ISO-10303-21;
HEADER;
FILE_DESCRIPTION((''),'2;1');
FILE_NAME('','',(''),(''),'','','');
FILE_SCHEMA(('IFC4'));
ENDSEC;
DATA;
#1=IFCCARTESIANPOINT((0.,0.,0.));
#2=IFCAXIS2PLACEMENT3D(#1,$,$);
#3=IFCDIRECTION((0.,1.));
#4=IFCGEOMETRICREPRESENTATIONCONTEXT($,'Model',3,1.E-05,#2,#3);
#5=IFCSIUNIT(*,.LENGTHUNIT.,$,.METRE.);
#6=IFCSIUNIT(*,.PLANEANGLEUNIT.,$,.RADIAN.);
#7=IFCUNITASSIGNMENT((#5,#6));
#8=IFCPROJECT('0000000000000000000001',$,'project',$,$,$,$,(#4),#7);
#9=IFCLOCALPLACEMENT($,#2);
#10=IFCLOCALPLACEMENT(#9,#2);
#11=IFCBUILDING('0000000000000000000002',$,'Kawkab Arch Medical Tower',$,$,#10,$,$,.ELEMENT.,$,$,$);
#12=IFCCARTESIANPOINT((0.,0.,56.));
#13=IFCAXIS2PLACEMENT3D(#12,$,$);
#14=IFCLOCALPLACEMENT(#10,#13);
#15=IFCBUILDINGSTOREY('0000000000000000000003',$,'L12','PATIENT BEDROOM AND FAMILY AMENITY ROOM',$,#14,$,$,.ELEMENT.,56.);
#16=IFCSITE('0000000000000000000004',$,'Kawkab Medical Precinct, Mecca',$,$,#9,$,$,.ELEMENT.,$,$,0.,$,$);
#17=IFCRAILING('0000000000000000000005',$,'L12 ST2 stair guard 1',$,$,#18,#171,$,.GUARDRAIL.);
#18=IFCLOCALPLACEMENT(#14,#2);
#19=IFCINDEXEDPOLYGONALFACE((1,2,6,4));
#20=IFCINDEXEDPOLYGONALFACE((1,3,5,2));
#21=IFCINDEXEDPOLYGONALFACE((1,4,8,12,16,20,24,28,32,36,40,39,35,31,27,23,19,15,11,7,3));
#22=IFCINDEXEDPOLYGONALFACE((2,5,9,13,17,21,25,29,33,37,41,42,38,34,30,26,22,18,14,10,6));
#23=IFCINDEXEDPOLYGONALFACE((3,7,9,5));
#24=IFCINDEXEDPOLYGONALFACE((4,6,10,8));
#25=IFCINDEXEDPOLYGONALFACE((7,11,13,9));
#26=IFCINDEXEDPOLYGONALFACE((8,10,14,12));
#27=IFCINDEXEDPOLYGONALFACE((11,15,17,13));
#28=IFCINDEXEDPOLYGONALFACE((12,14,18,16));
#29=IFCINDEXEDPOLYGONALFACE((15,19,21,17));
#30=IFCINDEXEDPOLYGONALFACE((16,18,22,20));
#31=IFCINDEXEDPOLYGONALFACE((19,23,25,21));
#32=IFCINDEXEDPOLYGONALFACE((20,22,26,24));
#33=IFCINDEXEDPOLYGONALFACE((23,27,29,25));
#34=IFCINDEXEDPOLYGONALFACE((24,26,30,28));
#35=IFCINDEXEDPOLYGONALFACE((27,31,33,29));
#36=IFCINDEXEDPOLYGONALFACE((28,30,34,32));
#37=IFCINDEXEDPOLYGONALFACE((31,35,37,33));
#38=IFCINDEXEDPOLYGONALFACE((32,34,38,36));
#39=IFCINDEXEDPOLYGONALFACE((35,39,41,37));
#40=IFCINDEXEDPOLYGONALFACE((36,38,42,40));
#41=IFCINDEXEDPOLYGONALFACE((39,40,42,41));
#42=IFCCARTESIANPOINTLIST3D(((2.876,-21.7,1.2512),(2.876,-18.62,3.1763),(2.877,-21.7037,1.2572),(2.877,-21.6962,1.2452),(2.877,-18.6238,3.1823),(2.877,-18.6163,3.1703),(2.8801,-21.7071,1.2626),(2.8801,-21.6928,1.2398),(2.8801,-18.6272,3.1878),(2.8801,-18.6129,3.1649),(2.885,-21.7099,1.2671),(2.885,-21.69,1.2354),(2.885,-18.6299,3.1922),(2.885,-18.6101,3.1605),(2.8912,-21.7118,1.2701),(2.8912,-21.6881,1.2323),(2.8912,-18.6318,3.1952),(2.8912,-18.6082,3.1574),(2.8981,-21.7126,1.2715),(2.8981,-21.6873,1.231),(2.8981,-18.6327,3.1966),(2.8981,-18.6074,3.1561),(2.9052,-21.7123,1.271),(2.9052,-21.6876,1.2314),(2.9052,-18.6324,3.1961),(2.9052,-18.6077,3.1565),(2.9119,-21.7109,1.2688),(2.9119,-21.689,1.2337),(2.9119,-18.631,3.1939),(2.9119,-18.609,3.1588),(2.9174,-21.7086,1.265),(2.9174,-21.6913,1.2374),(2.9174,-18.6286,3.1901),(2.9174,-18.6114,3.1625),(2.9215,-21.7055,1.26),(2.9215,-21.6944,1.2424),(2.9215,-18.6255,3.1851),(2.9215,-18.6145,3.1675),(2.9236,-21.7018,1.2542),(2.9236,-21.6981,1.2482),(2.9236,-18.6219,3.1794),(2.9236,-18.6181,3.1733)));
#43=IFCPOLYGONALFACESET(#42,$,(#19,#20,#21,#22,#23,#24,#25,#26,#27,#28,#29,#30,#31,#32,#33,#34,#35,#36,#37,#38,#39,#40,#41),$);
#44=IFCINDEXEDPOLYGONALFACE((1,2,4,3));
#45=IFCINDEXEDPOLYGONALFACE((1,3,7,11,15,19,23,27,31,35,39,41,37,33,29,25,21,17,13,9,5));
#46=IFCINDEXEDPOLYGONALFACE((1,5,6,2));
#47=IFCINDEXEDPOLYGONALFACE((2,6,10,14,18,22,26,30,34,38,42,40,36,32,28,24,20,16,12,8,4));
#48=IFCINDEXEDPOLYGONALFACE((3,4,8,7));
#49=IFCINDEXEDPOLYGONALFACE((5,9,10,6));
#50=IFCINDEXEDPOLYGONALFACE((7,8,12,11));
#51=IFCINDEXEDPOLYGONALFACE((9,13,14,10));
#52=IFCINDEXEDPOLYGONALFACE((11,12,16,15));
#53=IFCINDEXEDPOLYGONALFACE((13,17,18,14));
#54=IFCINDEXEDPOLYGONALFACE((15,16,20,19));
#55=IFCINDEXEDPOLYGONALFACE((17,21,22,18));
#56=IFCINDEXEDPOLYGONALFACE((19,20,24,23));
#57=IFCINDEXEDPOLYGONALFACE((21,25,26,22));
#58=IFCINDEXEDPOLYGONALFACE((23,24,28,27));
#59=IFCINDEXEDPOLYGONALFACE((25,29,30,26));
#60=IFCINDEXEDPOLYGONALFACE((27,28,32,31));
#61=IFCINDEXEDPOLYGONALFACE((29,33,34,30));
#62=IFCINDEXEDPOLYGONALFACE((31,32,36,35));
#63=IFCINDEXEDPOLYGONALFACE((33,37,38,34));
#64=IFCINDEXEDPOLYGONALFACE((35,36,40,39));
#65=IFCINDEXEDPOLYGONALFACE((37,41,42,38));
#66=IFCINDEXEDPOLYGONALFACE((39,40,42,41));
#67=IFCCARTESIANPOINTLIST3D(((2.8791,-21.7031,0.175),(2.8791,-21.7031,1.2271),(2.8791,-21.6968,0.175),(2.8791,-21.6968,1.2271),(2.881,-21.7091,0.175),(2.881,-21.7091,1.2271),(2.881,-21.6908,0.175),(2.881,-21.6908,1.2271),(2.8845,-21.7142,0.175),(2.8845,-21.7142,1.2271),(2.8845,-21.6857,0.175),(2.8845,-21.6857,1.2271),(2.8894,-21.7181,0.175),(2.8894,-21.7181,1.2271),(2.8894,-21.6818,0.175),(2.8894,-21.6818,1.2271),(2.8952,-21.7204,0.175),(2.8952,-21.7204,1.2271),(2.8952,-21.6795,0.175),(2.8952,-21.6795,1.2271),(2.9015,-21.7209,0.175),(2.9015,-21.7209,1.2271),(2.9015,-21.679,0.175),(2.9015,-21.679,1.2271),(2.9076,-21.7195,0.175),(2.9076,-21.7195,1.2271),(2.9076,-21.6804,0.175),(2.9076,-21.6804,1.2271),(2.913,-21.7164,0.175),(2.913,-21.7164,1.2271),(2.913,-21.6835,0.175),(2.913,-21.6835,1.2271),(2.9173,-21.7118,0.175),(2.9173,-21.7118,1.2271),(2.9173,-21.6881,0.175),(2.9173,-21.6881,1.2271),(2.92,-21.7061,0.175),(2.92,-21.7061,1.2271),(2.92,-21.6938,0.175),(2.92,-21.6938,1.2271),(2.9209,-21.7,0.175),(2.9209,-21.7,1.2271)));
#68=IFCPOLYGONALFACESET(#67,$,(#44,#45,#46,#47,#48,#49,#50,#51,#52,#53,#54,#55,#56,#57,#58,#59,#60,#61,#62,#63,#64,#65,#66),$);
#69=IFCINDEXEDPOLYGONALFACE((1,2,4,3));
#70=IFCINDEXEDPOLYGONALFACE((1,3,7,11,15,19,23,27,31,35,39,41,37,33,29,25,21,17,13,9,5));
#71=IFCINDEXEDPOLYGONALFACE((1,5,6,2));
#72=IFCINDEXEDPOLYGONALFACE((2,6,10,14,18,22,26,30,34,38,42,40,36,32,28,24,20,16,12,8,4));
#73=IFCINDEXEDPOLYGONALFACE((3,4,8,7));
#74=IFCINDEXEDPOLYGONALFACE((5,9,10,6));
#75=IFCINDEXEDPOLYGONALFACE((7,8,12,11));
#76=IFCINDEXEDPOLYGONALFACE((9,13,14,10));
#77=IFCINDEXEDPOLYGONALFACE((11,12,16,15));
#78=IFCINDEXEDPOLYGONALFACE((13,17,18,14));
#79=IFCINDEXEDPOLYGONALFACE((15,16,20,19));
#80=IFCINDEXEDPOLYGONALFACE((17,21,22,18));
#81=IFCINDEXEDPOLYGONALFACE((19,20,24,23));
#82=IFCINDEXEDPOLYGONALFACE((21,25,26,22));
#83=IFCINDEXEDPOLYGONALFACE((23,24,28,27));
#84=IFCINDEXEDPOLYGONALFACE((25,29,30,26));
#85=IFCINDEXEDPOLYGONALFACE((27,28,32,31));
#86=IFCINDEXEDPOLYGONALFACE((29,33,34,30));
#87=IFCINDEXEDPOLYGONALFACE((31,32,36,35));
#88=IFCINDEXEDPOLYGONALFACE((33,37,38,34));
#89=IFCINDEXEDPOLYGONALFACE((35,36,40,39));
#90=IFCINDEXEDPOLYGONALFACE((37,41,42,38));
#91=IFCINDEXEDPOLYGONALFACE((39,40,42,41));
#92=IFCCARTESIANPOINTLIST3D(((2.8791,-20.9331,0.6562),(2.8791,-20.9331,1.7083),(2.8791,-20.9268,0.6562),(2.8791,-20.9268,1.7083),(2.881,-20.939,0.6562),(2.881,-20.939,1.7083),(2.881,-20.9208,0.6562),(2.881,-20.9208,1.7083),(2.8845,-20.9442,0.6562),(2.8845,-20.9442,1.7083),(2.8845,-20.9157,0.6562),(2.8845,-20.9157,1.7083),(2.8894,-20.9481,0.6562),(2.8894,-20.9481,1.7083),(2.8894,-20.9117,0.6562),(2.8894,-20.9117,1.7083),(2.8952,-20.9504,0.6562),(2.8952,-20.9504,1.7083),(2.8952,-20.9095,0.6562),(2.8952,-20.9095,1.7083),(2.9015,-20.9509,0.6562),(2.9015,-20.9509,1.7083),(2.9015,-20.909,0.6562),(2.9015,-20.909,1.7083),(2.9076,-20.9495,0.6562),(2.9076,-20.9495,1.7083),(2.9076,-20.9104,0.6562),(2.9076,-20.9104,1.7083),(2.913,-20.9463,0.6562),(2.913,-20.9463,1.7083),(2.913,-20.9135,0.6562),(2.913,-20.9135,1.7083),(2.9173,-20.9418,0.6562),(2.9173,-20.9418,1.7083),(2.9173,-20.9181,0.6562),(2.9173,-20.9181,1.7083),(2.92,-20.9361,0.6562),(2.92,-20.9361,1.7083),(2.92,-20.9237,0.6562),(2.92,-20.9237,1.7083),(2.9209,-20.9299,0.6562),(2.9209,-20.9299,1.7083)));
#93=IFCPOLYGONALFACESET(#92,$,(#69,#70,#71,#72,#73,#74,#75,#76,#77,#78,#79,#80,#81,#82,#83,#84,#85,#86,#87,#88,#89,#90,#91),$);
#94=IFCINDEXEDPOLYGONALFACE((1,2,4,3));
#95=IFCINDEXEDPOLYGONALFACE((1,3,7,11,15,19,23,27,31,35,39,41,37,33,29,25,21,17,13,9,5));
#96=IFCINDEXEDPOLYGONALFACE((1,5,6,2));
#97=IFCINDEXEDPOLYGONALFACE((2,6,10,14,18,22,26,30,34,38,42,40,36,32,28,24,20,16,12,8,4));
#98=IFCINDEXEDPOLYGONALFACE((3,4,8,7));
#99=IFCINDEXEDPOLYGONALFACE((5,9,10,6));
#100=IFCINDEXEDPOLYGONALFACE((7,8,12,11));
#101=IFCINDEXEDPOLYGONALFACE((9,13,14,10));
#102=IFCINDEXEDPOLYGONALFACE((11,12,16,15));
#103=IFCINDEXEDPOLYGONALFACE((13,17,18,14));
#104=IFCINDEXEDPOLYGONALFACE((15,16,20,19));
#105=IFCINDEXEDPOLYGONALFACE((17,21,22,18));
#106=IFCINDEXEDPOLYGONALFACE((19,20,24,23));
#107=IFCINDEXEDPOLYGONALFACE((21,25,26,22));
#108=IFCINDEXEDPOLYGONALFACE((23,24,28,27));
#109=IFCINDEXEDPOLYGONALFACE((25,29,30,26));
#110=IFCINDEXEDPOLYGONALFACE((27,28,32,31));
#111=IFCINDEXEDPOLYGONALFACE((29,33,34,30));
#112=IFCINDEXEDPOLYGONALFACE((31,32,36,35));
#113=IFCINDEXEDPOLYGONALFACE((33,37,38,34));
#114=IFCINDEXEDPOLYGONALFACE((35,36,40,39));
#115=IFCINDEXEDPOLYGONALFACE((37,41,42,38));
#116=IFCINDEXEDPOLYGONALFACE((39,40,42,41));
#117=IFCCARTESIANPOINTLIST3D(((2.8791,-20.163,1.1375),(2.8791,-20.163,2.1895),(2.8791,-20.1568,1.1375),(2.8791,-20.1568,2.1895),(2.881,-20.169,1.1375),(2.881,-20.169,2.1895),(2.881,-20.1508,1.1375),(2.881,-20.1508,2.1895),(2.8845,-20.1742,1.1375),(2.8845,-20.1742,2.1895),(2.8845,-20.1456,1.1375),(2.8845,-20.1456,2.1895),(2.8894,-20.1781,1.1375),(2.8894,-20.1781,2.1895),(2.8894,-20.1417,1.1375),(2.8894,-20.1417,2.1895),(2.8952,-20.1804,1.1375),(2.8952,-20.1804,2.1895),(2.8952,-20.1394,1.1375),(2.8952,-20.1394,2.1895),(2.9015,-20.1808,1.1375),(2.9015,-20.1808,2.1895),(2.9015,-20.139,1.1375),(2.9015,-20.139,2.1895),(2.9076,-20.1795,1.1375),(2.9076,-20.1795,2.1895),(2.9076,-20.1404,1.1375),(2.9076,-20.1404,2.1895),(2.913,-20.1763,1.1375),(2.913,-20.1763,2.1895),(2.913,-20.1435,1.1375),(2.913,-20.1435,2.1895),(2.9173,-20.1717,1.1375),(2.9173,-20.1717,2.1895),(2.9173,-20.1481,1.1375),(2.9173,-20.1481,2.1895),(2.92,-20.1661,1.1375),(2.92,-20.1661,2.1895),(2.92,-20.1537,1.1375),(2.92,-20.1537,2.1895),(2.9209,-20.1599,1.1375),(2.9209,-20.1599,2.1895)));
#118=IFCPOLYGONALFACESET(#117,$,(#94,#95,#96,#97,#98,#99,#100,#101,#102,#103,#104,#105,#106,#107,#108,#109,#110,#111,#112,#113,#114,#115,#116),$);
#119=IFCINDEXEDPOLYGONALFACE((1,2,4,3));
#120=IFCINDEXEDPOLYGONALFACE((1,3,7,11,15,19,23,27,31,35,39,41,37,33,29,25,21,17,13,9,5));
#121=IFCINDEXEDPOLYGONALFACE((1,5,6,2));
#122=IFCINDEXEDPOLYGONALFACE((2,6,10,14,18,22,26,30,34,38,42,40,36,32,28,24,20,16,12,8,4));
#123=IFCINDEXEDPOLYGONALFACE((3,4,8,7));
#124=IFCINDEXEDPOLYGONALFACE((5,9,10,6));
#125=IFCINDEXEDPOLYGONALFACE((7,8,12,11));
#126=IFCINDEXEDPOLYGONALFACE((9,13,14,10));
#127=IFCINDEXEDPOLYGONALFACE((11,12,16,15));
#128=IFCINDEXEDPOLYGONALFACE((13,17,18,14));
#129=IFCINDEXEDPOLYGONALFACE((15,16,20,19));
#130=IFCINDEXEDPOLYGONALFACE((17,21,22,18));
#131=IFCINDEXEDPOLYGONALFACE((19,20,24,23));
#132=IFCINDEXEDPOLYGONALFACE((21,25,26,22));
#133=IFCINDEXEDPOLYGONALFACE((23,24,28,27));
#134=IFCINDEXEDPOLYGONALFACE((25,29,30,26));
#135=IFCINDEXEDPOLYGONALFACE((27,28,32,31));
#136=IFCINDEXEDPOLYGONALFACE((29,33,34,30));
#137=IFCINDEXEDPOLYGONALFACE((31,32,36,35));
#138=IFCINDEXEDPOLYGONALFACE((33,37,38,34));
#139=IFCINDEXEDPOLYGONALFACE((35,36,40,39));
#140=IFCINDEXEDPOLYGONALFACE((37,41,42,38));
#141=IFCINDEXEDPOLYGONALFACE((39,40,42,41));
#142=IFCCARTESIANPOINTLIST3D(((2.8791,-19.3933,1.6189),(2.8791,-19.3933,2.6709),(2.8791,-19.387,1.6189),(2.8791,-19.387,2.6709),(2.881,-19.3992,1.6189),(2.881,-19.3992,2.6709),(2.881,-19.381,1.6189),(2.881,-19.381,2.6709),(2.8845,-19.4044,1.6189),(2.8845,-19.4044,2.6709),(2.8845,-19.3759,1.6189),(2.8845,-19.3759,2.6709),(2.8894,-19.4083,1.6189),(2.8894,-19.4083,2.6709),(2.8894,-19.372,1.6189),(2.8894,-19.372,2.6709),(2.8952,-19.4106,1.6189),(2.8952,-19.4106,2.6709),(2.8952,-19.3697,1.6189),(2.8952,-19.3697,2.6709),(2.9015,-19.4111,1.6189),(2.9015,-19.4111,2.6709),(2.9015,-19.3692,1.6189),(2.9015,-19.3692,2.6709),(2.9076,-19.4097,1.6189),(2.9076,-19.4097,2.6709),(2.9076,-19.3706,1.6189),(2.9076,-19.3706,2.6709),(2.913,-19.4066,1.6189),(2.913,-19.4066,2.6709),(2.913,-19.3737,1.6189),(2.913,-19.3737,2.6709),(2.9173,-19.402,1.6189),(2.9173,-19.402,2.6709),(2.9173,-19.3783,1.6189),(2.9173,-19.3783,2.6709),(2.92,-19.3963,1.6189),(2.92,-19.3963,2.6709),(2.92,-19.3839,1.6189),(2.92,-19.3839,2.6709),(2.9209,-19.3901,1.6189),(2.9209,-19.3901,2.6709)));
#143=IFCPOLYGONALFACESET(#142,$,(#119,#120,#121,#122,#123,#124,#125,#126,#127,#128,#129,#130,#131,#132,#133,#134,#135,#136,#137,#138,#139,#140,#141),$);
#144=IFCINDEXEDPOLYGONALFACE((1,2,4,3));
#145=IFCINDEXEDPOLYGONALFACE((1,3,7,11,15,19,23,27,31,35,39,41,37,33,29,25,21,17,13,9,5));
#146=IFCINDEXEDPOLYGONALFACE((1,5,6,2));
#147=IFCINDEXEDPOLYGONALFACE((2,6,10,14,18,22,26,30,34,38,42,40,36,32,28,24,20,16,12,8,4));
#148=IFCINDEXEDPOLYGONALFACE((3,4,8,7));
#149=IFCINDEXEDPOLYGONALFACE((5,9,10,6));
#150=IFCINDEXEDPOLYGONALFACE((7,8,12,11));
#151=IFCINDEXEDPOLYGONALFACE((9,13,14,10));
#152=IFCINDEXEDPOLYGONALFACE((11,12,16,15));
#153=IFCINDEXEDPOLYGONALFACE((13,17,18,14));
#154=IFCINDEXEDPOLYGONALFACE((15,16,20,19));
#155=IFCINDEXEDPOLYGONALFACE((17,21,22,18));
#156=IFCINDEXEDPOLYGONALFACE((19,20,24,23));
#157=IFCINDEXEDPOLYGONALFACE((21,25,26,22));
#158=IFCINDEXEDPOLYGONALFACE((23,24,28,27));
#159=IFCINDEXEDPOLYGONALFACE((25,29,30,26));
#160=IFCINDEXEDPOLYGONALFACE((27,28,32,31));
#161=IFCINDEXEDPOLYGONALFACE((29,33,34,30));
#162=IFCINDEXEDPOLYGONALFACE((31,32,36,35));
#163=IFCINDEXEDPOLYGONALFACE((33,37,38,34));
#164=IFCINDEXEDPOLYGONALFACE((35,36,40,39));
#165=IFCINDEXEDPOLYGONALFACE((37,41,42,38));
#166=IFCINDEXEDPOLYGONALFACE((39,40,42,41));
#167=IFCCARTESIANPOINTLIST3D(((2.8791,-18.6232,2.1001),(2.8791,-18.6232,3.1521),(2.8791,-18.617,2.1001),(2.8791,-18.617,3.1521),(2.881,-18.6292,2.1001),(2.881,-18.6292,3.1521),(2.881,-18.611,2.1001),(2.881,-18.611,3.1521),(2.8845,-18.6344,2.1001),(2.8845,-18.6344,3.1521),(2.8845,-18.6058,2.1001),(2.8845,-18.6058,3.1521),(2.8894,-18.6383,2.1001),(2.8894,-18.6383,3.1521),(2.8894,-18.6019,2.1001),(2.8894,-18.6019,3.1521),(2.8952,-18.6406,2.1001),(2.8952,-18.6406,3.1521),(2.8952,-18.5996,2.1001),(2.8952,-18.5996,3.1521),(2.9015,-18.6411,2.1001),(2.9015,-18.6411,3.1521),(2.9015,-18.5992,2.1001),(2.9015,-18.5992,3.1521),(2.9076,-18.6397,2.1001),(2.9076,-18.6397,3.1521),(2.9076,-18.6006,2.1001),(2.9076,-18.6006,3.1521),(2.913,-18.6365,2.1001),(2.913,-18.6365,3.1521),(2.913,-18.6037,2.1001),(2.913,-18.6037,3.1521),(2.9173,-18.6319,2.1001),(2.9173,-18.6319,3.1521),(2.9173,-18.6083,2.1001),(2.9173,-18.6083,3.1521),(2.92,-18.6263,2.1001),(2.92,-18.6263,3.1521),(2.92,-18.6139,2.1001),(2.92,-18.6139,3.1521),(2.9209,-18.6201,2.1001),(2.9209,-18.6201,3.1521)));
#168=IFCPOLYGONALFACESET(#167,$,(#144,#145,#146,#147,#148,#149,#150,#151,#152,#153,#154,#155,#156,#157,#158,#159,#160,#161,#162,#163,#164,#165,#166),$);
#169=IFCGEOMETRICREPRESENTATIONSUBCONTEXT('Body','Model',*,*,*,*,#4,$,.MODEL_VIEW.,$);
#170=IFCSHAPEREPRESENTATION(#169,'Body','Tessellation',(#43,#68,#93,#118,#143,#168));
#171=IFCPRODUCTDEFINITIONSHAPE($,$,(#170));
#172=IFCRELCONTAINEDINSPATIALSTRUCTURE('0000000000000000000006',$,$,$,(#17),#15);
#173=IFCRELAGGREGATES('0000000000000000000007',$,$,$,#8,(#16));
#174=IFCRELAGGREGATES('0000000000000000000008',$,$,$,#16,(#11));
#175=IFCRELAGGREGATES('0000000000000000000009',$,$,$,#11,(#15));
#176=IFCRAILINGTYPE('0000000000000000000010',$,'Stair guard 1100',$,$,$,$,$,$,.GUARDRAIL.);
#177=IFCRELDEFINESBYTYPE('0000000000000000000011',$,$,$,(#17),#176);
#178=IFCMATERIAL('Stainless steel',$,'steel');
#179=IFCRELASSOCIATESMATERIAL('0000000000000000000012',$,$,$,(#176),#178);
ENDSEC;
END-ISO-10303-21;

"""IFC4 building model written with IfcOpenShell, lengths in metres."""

from ifc_helpers import new_model, si_unit, direction, frame, origin, origin_2d, place, context, subcontext, project, spatial, circle, extrude, material, type_object, element, save


model = new_model("IFC4")

# Units and contexts
model_context = context("Model", 3, precision=1e-05, world=origin(), true_north=direction((0.0, 1.0)))
body_context = subcontext(model_context, "Body", "Model", "MODEL_VIEW")
ifc_project = project(units=[si_unit("LENGTHUNIT", "METRE"), si_unit("PLANEANGLEUNIT", "RADIAN")], contexts=[model_context])

# Site, building, storey
site_placement = place(None, origin())
site = spatial("IfcSite", under=ifc_project, at=site_placement, Name="Kawkab Medical Precinct, Mecca", CompositionType="ELEMENT", RefElevation=0.0)
building_placement = place(site_placement, origin())
building = spatial("IfcBuilding", under=site, at=building_placement, Name="Kawkab Arch Medical Tower", CompositionType="ELEMENT")
storey_placement = place(building_placement, frame((0.0, 0.0, 56.0)))
storey = spatial("IfcBuildingStorey", under=building, at=storey_placement, Name="L12", Description="PATIENT BEDROOM AND FAMILY AMENITY ROOM", CompositionType="ELEMENT", Elevation=56.0)

# Railing
ifc_material_1 = material(Name="Stainless steel", Category="steel")
railing_type = type_object("IfcRailingType", Name="Stair guard 1100", PredefinedType="GUARDRAIL", material=ifc_material_1)
railing_1_placement = place(storey_placement, frame((2.8999, -21.7, 0.175)))
element("IfcRailing", 1, at=railing_1_placement, inside=storey, type_object=railing_type, Name="L12 ST2 stair guard 1", PredefinedType="GUARDRAIL", context=body_context, shape_type="SweptSolid", body=[
    extrude(circle(Radius=0.0239, at=origin_2d()), frame((0.0, 0.0, 1.0762), z_axis=(0.0, 0.847979, 0.530029), x_axis=(-1.0, 0.0, 0.0)), (0.0, 0.0, 1.0), 3.6321),
    extrude(circle(Radius=0.021, at=origin_2d()), origin(), (0.0, 0.0, 1.0), 1.052),
    extrude(circle(Radius=0.021, at=origin_2d()), frame((0.0, 0.77, 0.4812)), (0.0, 0.0, 1.0), 1.052),
    extrude(circle(Radius=0.021, at=origin_2d()), frame((0.0, 1.54, 0.9624)), (0.0, 0.0, 1.0), 1.052),
    extrude(circle(Radius=0.021, at=origin_2d()), frame((0.0, 2.3098, 1.4438)), (0.0, 0.0, 1.0), 1.052),
    extrude(circle(Radius=0.021, at=origin_2d()), frame((0.0, 3.0798, 1.925)), (0.0, 0.0, 1.0), 1.052),
])

save(model, "model.ifc")
